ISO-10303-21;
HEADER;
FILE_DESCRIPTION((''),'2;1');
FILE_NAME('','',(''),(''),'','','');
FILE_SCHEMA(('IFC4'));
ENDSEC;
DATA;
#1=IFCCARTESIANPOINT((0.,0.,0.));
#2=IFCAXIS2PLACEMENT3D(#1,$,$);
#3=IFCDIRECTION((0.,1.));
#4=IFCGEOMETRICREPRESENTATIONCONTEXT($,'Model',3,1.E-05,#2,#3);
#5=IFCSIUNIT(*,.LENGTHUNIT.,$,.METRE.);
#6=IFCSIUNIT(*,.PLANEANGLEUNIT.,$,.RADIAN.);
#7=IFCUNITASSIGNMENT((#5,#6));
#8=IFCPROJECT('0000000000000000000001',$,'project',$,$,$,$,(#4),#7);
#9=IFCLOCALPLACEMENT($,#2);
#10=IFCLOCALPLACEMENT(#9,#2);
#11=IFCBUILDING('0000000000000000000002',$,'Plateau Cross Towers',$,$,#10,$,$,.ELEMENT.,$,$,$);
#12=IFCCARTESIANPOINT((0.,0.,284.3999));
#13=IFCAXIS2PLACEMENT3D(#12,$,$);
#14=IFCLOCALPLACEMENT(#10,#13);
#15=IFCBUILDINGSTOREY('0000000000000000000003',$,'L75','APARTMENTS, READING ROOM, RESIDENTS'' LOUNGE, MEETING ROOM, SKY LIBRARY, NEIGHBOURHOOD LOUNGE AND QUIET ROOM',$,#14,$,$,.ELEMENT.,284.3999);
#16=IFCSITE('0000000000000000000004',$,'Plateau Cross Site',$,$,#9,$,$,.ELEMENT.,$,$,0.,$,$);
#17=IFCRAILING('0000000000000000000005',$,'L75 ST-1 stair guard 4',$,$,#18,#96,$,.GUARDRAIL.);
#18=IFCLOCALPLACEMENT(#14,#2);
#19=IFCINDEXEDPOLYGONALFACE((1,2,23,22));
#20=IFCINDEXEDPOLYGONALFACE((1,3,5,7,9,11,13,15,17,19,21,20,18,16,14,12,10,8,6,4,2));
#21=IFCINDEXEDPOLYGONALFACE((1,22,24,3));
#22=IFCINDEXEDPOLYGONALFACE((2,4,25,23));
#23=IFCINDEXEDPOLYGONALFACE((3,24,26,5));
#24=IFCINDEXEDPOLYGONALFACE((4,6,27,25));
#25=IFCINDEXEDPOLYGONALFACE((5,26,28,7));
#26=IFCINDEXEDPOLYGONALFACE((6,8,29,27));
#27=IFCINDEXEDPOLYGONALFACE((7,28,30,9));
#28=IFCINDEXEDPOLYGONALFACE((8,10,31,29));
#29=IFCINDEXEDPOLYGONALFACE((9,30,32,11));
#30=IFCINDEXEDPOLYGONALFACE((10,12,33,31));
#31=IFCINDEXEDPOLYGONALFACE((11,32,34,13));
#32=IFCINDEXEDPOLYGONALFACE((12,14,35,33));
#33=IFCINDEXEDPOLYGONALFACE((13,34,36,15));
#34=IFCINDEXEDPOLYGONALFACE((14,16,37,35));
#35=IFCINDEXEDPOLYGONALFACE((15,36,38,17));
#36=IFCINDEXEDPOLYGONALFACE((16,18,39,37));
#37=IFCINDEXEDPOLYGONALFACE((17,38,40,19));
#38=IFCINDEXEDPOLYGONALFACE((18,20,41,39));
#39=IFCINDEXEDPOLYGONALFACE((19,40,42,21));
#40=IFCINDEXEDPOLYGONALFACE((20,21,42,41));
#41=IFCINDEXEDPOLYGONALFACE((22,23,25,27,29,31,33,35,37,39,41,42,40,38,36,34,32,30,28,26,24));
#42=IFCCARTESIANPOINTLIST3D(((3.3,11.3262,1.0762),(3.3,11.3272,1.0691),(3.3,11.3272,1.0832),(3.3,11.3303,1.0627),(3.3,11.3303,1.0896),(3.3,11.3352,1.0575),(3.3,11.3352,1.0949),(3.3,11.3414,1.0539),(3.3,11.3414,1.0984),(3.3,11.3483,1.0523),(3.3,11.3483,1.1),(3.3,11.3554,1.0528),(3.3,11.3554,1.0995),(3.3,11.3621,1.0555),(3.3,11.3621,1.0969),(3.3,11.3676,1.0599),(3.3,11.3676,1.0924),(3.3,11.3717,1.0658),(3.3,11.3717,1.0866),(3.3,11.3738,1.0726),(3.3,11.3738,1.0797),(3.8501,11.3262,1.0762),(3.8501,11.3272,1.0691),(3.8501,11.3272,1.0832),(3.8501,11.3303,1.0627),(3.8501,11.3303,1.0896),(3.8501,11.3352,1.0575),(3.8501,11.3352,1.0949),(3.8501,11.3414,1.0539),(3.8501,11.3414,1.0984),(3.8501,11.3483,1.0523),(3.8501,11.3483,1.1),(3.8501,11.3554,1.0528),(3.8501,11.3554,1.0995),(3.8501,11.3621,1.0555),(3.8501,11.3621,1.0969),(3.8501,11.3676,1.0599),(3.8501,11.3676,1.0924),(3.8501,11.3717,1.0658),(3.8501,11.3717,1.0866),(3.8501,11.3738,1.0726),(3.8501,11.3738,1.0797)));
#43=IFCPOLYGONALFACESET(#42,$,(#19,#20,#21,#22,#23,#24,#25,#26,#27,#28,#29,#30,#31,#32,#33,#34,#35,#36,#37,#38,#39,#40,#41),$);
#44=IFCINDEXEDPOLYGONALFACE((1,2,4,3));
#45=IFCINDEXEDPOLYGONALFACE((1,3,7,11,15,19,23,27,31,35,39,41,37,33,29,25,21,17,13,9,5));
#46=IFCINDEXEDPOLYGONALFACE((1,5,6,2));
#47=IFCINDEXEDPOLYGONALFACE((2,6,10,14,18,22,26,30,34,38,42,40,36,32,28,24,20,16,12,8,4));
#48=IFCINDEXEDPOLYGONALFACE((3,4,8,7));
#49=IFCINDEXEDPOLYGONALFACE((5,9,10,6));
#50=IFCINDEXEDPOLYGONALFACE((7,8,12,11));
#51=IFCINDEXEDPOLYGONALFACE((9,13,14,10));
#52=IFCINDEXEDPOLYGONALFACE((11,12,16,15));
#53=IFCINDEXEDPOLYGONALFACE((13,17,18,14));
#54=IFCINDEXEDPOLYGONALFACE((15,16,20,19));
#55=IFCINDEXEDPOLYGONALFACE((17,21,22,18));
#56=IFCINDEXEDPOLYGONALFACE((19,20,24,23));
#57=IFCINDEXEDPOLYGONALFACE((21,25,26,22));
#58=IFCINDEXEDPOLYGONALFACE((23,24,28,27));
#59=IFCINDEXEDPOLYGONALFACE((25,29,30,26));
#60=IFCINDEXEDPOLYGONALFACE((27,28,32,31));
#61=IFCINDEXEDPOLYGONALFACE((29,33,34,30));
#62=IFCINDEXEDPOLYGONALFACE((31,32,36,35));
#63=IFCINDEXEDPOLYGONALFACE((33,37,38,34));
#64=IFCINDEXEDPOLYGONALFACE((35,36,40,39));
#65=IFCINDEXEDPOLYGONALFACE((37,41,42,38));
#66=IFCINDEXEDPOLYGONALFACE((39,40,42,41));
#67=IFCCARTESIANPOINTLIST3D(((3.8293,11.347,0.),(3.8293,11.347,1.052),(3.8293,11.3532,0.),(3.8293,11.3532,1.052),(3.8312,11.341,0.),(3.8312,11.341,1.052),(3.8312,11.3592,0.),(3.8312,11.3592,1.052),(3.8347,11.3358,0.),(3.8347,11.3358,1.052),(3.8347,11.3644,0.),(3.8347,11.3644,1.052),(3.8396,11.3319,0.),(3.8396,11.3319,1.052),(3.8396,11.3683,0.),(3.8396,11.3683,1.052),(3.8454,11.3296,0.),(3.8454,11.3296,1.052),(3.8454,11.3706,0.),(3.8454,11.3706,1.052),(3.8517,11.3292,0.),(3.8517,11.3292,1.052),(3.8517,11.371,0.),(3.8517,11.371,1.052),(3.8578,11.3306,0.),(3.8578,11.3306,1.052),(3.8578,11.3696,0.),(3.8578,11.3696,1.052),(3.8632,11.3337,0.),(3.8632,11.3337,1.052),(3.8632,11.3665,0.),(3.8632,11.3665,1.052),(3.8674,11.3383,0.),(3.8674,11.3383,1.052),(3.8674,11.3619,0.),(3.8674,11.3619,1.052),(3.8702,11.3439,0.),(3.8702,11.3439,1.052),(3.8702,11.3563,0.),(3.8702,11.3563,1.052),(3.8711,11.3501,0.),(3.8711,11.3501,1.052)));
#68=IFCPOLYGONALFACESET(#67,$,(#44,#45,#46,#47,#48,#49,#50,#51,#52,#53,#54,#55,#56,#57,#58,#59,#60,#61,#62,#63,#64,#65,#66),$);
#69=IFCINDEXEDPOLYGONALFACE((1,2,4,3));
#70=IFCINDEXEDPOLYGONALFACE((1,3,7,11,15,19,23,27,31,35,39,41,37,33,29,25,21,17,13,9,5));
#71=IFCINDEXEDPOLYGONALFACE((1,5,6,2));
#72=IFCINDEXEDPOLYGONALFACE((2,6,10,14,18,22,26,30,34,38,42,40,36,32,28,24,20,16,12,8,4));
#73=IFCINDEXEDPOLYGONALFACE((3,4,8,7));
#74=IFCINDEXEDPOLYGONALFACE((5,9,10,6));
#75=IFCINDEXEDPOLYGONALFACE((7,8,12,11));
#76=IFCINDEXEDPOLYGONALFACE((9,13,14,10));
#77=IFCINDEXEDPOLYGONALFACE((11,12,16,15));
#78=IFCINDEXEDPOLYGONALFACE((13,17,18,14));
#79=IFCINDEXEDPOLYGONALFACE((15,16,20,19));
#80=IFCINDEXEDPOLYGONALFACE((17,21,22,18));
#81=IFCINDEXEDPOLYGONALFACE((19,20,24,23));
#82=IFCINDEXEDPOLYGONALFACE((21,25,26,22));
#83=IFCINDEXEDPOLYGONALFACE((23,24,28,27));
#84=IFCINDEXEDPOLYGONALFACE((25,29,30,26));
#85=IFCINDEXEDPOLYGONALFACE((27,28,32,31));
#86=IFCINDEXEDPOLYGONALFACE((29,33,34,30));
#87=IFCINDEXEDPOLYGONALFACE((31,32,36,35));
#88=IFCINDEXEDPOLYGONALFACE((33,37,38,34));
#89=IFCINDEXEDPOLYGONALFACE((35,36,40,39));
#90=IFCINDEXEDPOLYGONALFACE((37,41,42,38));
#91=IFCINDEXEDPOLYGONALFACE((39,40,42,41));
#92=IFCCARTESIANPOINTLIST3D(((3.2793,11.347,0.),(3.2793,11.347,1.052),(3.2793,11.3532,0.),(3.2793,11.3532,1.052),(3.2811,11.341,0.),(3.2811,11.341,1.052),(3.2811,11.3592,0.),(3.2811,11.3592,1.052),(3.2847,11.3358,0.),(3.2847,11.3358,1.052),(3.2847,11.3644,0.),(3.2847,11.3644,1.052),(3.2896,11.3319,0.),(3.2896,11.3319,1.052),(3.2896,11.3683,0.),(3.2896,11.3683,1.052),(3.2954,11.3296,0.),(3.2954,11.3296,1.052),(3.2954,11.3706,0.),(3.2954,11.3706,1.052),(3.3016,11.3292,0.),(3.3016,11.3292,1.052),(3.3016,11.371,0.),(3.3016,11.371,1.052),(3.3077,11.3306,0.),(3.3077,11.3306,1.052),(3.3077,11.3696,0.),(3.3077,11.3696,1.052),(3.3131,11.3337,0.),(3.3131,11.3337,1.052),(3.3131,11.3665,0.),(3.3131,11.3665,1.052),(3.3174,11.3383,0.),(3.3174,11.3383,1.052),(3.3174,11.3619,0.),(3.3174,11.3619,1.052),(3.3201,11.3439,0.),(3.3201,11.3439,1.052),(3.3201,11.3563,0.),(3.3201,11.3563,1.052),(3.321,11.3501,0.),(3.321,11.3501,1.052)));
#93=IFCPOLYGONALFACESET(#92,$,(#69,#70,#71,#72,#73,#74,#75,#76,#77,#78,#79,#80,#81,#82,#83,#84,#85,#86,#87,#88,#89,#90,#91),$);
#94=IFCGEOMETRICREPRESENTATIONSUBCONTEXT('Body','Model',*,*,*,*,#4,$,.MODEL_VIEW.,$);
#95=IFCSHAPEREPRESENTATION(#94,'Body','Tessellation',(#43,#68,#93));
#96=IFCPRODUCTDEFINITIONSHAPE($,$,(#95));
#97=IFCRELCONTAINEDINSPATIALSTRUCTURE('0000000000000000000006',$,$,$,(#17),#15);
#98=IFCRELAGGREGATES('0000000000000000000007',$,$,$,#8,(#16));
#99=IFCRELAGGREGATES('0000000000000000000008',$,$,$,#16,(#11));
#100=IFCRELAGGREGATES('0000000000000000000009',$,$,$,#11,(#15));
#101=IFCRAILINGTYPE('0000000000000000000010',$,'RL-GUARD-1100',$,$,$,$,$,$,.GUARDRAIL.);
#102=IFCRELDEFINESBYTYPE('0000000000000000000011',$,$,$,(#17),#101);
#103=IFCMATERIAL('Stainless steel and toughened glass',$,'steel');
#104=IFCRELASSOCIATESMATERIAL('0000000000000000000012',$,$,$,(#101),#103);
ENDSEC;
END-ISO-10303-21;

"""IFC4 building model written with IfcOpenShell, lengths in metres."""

from ifc_helpers import new_model, si_unit, direction, frame, origin, origin_2d, place, context, subcontext, project, spatial, circle, extrude, material, type_object, element, save


model = new_model("IFC4")

# Units and contexts
model_context = context("Model", 3, precision=1e-05, world=origin(), true_north=direction((0.0, 1.0)))
body_context = subcontext(model_context, "Body", "Model", "MODEL_VIEW")
ifc_project = project(units=[si_unit("LENGTHUNIT", "METRE"), si_unit("PLANEANGLEUNIT", "RADIAN")], contexts=[model_context])

# Site, building, storey
site_placement = place(None, origin())
site = spatial("IfcSite", under=ifc_project, at=site_placement, Name="Plateau Cross Site", CompositionType="ELEMENT", RefElevation=0.0)
building_placement = place(site_placement, origin())
building = spatial("IfcBuilding", under=site, at=building_placement, Name="Plateau Cross Towers", CompositionType="ELEMENT")
storey_placement = place(building_placement, frame((0.0, 0.0, 284.3999)))
storey = spatial("IfcBuildingStorey", under=building, at=storey_placement, Name="L75", Description="APARTMENTS, READING ROOM, RESIDENTS' LOUNGE, MEETING ROOM, SKY LIBRARY, NEIGHBOURHOOD LOUNGE AND QUIET ROOM", CompositionType="ELEMENT", Elevation=284.3999)

# Railing
ifc_material_1 = material(Name="Stainless steel and toughened glass", Category="steel")
railing_type_1 = type_object("IfcRailingType", Name="RL-GUARD-1100", PredefinedType="GUARDRAIL", material=ifc_material_1)
railing_1_placement = place(storey_placement, frame((3.8501, 11.3501, 0.0)))
element("IfcRailing", 1, at=railing_1_placement, inside=storey, type_object=railing_type_1, Name="L75 ST-1 stair guard 4", PredefinedType="GUARDRAIL", context=body_context, shape_type="SweptSolid", body=[
    extrude(circle(Radius=0.0239, at=origin_2d()), frame((0.0, 0.0, 1.0762), z_axis=(-1.0, 0.0, 0.0), x_axis=(0.0, -1.0, 0.0)), (0.0, 0.0, 1.0), 0.55),
    extrude(circle(Radius=0.021, at=origin_2d()), origin(), (0.0, 0.0, 1.0), 1.052),
    extrude(circle(Radius=0.021, at=origin_2d()), frame((-0.55, 0.0, 0.0)), (0.0, 0.0, 1.0), 1.052),
])

save(model, "model.ifc")
